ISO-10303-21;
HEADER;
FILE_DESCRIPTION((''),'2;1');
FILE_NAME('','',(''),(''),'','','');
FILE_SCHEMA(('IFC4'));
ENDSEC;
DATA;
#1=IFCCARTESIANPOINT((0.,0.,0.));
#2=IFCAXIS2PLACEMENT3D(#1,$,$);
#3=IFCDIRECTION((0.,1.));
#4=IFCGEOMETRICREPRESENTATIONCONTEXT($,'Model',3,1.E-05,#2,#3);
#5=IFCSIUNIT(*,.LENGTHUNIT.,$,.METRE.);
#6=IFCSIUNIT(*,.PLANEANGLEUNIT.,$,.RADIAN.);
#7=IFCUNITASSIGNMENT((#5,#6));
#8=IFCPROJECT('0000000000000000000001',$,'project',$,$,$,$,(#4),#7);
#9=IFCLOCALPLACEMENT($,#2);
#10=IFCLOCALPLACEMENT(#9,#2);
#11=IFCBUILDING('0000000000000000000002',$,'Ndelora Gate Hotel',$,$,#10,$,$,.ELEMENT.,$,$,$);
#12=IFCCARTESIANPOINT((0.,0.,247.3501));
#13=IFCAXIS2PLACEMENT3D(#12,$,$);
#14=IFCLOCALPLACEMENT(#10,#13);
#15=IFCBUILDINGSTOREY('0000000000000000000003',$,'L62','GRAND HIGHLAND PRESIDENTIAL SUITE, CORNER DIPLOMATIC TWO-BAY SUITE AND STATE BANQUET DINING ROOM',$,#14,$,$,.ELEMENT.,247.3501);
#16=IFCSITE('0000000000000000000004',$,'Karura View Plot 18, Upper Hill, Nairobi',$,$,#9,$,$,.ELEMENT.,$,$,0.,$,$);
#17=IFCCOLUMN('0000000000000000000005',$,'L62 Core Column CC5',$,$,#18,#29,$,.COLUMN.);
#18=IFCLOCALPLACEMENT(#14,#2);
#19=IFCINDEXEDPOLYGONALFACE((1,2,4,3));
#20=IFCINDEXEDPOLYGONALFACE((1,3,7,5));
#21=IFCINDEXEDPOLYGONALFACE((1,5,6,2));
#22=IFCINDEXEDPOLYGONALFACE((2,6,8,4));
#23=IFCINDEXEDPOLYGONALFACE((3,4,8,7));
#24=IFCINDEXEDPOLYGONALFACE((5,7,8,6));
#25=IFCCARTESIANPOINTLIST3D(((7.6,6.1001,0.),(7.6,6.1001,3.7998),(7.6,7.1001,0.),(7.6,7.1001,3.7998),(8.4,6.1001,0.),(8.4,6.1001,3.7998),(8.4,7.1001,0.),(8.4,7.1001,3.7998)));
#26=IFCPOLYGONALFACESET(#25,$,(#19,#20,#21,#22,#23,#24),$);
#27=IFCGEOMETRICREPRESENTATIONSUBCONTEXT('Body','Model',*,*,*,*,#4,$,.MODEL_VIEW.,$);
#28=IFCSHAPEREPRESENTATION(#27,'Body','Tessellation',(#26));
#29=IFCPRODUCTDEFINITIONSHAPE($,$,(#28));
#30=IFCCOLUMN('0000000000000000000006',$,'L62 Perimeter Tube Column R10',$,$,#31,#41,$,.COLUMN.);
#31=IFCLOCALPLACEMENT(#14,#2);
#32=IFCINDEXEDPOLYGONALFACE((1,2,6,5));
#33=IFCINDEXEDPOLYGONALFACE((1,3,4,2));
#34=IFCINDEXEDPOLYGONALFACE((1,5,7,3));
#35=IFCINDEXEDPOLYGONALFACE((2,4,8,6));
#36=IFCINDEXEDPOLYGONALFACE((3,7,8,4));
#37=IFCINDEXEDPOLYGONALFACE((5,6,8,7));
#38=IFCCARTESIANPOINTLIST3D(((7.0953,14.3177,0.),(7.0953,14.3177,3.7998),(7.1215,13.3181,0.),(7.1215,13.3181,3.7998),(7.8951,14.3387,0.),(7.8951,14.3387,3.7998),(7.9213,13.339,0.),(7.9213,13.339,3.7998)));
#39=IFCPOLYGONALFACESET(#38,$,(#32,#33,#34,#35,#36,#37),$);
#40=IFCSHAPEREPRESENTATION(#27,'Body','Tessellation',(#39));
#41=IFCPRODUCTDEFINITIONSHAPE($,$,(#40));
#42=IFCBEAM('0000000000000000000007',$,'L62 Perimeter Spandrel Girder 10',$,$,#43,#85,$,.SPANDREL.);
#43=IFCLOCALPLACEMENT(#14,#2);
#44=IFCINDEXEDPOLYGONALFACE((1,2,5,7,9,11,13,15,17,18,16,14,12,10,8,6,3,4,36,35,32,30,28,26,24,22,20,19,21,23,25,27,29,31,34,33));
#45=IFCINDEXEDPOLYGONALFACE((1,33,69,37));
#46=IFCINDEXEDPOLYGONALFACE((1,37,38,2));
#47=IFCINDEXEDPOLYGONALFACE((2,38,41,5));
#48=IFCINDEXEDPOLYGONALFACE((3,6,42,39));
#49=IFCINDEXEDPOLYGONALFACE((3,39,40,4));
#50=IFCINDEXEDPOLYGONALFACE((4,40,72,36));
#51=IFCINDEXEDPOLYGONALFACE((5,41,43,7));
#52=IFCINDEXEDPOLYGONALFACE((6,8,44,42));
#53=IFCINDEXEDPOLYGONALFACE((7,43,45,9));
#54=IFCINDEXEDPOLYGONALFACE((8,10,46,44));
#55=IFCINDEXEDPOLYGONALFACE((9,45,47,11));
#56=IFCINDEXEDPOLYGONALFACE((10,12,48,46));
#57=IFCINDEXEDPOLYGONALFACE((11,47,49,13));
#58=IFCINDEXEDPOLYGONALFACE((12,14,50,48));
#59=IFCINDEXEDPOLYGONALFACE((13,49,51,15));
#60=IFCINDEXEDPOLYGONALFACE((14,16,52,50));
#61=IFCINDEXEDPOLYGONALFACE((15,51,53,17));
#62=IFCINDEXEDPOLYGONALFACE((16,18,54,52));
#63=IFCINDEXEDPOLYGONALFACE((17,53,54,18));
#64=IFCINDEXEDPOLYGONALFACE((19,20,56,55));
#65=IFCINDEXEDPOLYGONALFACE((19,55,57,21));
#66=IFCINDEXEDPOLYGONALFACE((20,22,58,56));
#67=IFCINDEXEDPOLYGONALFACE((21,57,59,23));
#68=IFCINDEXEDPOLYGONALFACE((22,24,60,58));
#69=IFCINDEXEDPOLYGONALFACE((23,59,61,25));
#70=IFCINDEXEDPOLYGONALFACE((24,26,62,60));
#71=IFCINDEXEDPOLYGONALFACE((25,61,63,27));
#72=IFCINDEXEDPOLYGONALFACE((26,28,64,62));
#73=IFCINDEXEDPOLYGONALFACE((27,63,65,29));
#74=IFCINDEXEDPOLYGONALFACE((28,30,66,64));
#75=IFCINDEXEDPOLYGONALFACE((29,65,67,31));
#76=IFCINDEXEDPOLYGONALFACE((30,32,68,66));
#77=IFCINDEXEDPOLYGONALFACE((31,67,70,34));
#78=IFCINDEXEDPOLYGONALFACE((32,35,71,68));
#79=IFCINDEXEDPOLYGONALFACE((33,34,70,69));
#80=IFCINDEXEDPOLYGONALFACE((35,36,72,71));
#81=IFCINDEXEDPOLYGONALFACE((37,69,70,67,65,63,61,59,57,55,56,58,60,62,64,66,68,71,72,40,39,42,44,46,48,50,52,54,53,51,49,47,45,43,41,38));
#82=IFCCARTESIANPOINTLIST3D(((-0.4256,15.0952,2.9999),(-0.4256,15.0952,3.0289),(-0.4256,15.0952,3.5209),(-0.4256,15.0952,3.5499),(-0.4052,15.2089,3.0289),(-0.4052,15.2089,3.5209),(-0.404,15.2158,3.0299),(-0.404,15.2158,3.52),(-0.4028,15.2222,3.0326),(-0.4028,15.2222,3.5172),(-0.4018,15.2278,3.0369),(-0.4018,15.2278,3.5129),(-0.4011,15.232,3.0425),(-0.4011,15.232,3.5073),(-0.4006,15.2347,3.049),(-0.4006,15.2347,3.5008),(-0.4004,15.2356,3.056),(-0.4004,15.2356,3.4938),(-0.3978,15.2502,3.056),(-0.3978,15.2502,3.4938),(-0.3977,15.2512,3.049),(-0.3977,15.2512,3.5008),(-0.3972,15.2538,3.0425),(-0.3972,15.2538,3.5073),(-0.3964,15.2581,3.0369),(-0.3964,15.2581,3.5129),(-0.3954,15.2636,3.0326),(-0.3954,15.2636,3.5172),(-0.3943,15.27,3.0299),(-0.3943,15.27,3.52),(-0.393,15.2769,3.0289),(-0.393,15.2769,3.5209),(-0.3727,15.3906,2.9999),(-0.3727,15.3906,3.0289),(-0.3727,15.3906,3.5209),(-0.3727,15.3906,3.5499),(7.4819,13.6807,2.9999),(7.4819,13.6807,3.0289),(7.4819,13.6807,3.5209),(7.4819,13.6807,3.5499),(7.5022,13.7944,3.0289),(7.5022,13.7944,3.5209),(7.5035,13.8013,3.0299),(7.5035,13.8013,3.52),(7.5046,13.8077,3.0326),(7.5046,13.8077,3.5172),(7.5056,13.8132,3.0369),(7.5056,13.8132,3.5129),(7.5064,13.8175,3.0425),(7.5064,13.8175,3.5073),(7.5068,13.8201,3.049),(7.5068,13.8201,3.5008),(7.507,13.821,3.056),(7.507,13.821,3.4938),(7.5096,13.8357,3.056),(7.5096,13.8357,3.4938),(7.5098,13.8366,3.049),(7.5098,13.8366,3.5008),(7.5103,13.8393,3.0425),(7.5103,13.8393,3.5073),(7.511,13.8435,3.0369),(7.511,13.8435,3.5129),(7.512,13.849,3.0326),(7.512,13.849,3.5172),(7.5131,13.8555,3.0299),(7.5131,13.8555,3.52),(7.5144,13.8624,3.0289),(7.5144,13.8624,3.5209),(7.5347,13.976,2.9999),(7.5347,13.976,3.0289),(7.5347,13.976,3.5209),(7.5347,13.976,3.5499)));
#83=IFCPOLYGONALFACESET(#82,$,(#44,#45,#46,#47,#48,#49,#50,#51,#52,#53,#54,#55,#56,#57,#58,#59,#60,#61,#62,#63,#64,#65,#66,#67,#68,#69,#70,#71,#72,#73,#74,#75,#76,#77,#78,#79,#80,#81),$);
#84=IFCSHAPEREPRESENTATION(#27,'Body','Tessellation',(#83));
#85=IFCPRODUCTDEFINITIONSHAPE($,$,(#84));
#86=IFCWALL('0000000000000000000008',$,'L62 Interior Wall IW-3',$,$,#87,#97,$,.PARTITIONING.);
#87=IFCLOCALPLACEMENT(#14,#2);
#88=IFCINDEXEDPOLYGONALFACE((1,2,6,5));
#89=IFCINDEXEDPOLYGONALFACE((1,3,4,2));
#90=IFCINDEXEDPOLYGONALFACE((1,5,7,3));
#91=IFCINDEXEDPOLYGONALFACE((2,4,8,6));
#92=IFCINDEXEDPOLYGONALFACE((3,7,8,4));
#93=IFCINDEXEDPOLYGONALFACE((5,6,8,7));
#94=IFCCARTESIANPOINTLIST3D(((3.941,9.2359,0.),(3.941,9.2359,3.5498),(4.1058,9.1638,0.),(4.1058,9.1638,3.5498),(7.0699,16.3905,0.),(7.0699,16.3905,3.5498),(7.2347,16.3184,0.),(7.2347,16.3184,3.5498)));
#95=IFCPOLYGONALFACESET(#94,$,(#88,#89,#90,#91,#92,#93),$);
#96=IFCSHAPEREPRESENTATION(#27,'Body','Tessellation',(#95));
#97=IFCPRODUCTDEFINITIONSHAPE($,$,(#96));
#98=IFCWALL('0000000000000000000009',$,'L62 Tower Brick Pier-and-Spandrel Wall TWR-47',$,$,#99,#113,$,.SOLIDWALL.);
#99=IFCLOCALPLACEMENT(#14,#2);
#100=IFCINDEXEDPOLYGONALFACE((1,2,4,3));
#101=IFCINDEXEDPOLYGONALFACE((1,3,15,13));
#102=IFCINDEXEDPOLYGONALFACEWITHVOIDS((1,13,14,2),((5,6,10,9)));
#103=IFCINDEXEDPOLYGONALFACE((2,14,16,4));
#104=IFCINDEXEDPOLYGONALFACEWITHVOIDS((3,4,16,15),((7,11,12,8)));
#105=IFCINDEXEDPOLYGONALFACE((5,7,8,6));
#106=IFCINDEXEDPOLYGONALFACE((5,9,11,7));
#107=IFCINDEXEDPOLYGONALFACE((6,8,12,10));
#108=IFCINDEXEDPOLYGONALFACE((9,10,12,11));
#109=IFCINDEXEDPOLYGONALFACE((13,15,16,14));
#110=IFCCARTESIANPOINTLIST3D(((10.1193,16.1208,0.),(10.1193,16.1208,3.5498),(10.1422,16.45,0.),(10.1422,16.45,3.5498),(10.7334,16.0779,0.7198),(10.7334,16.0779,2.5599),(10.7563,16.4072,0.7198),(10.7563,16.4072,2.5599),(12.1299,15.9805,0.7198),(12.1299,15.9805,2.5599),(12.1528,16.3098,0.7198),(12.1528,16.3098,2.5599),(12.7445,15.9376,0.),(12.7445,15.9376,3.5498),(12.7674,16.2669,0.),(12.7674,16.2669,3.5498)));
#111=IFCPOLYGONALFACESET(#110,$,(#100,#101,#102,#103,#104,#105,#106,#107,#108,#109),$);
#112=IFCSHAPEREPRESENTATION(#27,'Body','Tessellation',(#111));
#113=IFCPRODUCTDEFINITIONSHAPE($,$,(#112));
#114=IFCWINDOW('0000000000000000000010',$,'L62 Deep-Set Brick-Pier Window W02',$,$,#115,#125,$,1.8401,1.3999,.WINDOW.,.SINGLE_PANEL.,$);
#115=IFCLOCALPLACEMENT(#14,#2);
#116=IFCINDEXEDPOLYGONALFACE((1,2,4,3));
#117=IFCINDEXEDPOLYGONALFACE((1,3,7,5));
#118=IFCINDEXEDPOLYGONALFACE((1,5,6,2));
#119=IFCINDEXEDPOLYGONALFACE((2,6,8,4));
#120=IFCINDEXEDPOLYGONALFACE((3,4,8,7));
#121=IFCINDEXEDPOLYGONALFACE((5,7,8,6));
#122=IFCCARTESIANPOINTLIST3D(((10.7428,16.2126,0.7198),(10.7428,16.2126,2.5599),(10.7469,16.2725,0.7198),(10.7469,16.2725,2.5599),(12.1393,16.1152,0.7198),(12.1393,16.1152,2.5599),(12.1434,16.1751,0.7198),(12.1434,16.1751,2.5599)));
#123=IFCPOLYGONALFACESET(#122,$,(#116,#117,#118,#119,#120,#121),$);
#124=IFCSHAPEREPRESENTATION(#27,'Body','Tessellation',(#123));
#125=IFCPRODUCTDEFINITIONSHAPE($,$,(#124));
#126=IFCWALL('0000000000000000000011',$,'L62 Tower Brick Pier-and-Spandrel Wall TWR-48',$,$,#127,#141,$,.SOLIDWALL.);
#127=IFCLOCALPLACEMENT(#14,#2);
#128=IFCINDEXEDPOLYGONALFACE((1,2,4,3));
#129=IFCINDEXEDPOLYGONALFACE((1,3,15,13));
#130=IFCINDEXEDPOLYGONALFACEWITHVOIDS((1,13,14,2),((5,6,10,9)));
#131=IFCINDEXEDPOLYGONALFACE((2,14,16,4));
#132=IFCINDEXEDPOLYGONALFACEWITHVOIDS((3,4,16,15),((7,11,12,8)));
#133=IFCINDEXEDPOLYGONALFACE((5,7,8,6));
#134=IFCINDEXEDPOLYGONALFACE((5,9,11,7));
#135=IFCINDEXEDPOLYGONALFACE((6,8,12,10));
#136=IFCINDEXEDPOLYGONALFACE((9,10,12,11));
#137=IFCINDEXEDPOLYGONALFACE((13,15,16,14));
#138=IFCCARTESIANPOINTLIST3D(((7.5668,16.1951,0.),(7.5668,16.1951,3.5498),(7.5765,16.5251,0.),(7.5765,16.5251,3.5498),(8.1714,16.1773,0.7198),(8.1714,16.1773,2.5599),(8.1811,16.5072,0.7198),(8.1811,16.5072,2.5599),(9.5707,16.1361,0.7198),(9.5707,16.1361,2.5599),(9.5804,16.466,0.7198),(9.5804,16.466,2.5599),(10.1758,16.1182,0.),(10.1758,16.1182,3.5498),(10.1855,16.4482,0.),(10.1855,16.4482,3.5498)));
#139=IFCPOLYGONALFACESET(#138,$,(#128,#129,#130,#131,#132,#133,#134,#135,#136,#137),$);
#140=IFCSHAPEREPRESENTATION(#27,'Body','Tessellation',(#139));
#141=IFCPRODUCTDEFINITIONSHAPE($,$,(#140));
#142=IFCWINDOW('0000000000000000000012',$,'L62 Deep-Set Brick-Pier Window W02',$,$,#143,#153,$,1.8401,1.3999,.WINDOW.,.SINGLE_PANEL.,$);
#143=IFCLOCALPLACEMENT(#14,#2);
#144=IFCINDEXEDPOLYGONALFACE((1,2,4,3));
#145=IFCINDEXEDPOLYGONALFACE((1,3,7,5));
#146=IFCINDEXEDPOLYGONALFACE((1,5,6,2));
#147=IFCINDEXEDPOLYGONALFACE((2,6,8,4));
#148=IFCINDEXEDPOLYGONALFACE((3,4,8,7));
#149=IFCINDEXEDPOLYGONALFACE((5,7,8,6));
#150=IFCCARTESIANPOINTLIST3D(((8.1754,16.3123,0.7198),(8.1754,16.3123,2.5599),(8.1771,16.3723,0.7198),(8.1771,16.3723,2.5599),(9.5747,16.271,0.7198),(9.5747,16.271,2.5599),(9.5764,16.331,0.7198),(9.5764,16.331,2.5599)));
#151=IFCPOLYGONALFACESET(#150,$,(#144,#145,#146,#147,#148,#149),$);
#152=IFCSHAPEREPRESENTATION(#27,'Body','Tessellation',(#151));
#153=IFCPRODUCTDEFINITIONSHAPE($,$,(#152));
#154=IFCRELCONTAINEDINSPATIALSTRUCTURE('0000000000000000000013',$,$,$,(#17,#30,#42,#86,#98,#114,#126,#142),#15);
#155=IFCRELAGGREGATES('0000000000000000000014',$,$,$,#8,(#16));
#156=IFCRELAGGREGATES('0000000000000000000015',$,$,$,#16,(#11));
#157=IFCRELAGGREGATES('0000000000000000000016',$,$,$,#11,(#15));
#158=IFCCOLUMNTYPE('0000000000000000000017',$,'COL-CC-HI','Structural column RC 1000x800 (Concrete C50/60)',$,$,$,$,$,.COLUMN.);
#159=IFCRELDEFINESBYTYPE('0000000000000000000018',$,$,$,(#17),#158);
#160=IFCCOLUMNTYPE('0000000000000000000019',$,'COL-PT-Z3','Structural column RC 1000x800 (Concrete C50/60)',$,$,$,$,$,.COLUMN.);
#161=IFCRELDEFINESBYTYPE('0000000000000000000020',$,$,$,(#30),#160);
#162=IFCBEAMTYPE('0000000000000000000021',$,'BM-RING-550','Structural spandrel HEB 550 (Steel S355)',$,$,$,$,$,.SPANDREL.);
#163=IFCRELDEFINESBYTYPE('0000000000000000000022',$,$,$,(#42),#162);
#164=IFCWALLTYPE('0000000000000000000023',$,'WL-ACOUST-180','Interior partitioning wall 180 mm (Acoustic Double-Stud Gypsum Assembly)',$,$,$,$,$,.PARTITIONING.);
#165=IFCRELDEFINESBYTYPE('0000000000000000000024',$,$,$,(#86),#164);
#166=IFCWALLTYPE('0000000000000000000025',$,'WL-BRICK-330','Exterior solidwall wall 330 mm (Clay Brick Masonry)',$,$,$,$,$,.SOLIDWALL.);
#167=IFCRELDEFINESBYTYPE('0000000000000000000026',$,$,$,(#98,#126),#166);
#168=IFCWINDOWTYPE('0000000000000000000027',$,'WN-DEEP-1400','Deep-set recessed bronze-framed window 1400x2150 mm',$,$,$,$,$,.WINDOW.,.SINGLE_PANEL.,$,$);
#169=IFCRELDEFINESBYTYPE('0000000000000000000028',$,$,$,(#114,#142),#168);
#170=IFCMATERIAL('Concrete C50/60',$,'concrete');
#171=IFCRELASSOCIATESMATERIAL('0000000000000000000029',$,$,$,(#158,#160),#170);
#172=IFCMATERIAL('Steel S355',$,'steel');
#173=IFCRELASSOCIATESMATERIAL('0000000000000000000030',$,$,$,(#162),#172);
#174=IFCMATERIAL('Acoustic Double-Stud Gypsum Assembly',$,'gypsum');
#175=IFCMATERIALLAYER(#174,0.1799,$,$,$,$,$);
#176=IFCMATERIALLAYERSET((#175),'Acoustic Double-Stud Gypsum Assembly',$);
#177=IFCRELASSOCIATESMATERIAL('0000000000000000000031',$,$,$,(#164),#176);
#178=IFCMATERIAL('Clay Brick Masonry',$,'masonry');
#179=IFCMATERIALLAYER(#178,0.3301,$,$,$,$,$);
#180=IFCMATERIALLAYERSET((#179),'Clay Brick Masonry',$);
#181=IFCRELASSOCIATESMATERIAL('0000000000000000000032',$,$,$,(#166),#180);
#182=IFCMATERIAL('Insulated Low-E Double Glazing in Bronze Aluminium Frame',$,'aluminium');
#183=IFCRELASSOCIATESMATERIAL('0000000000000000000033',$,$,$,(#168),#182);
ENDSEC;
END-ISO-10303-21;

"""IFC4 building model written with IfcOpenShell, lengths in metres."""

from ifc_helpers import new_model, si_unit, direction, frame, frame_2d, origin, origin_2d, place, context, subcontext, project, spatial, rectangle, i_section, extrude, material, layer, layer_set, material_profile, profile_set, type_object, element, fill, save


model = new_model("IFC4")

# Units and contexts
model_context = context("Model", 3, precision=1e-05, world=origin(), true_north=direction((0.0, 1.0)))
body_context = subcontext(model_context, "Body", "Model", "MODEL_VIEW")
ifc_project = project(units=[si_unit("LENGTHUNIT", "METRE"), si_unit("PLANEANGLEUNIT", "RADIAN")], contexts=[model_context])

# Site, building, storey
site_placement = place(None, origin())
site = spatial("IfcSite", under=ifc_project, at=site_placement, Name="Karura View Plot 18, Upper Hill, Nairobi", CompositionType="ELEMENT", RefElevation=0.0)
building_placement = place(site_placement, origin())
building = spatial("IfcBuilding", under=site, at=building_placement, Name="Ndelora Gate Hotel", CompositionType="ELEMENT")
storey_placement = place(building_placement, frame((0.0, 0.0, 247.3501)))
storey = spatial("IfcBuildingStorey", under=building, at=storey_placement, Name="L62", Description="GRAND HIGHLAND PRESIDENTIAL SUITE, CORNER DIPLOMATIC TWO-BAY SUITE AND STATE BANQUET DINING ROOM", CompositionType="ELEMENT", Elevation=247.3501)

# Columns
ifc_material_1 = material(Name="Concrete C50/60", Category="concrete")
ifc_material_profile_1 = material_profile(ifc_material_1, rectangle(XDim=0.8, YDim=1.0, at=origin_2d()), Name="RC 1000x800")
ifc_profile_set_1 = profile_set([ifc_material_profile_1], Name="Concrete C50/60")
column_type_1 = type_object("IfcColumnType", Name="COL-CC-HI", Description="Structural column RC 1000x800 (Concrete C50/60)", PredefinedType="COLUMN", material=ifc_profile_set_1)
column_1_placement = place(storey_placement, frame((8.0, 6.6001, 0.0), z_axis=(0.0, 0.0, 1.0), x_axis=(1.0, 0.0, 0.0)))
element("IfcColumn", 1, at=column_1_placement, inside=storey, type_object=column_type_1, Name="L62 Core Column CC5", PredefinedType="COLUMN", context=body_context, shape_type="SweptSolid", body=[
    extrude(rectangle(XDim=0.8, YDim=1.0, at=origin_2d()), origin(), (0.0, 0.0, 1.0), 3.7998),
])
ifc_material_profile_2 = material_profile(ifc_material_1, rectangle(XDim=0.8, YDim=1.0, at=origin_2d()), Name="RC 1000x800")
ifc_profile_set_2 = profile_set([ifc_material_profile_2], Name="Concrete C50/60")
column_type_2 = type_object("IfcColumnType", Name="COL-PT-Z3", Description="Structural column RC 1000x800 (Concrete C50/60)", PredefinedType="COLUMN", material=ifc_profile_set_2)
column_2_placement = place(storey_placement, frame((7.5083, 13.8284, 0.0), z_axis=(0.0, 0.0, 1.0), x_axis=(0.999657, 0.026177, 0.0)))
element("IfcColumn", 2, at=column_2_placement, inside=storey, type_object=column_type_2, Name="L62 Perimeter Tube Column R10", PredefinedType="COLUMN", context=body_context, shape_type="SweptSolid", body=[
    extrude(rectangle(XDim=0.8, YDim=1.0, at=origin_2d()), origin(), (0.0, 0.0, 1.0), 3.7998),
])

# Beam
ifc_material_2 = material(Name="Steel S355", Category="steel")
ifc_material_profile_3 = material_profile(ifc_material_2, i_section(OverallWidth=0.3, OverallDepth=0.55, WebThickness=0.0149, FlangeThickness=0.0291, FilletRadius=0.0271, at=origin_2d()), Name="HEB 550")
ifc_profile_set_3 = profile_set([ifc_material_profile_3], Name="Steel S355")
beam_type = type_object("IfcBeamType", Name="BM-RING-550", Description="Structural spandrel HEB 550 (Steel S355)", PredefinedType="SPANDREL", material=ifc_profile_set_3)
beam_placement = place(storey_placement, frame((7.5083, 13.8284, 3.2749), z_axis=(-0.984374, 0.176093, 0.0), x_axis=(-0.176093, -0.984374, 0.0)))
element("IfcBeam", 3, at=beam_placement, inside=storey, type_object=beam_type, Name="L62 Perimeter Spandrel Girder 10", PredefinedType="SPANDREL", context=body_context, shape_type="SweptSolid", body=[
    extrude(i_section(OverallWidth=0.3, OverallDepth=0.55, WebThickness=0.0149, FlangeThickness=0.0291, FilletRadius=0.0271, at=origin_2d()), origin(), (0.0, 0.0, 1.0), 8.033),
])

# Wall
ifc_material_3 = material(Name="Acoustic Double-Stud Gypsum Assembly", Category="gypsum")
ifc_layer_1 = layer(ifc_material_3, 0.1799)
ifc_layer_set_1 = layer_set([ifc_layer_1], Name="Acoustic Double-Stud Gypsum Assembly")
wall_type_1 = type_object("IfcWallType", Name="WL-ACOUST-180", Description="Interior partitioning wall 180 mm (Acoustic Double-Stud Gypsum Assembly)", PredefinedType="PARTITIONING", material=ifc_layer_set_1)
wall_1_placement = place(storey_placement, frame((4.0234, 9.2, 0.0), z_axis=(0.0, 0.0, 1.0), x_axis=(0.400689, 0.916214, 0.0)))
element("IfcWall", 4, at=wall_1_placement, inside=storey, type_object=wall_type_1, Name="L62 Interior Wall IW-3", PredefinedType="PARTITIONING", context=body_context, shape_type="SweptSolid", body=[
    extrude(rectangle(XDim=7.8088, YDim=0.1799, at=frame_2d((3.9043, 0.0))), origin(), (0.0, 0.0, 1.0), 3.5498),
])

# Walls, openings, windows
ifc_material_4 = material(Name="Clay Brick Masonry", Category="masonry")
ifc_layer_2 = layer(ifc_material_4, 0.3301)
ifc_layer_set_2 = layer_set([ifc_layer_2], Name="Clay Brick Masonry")
wall_type_2 = type_object("IfcWallType", Name="WL-BRICK-330", Description="Exterior solidwall wall 330 mm (Clay Brick Masonry)", PredefinedType="SOLIDWALL", material=ifc_layer_set_2)
wall_2_placement = place(storey_placement, frame((10.1306, 16.2854, 0.0), z_axis=(0.0, 0.0, 1.0), x_axis=(0.997576, -0.069579, 0.0)))
wall_2 = element("IfcWall", 5, at=wall_2_placement, inside=storey, type_object=wall_type_2, Name="L62 Tower Brick Pier-and-Spandrel Wall TWR-47", PredefinedType="SOLIDWALL", context=body_context, shape_type="SweptSolid", body=[
    extrude(rectangle(XDim=2.6316, YDim=0.3301, at=frame_2d((1.3159, 0.0))), origin(), (0.0, 0.0, 1.0), 3.5498),
])
opening_1_placement = place(wall_2_placement, frame((0.6157, 0.0, 0.72)))
opening_1 = element("IfcOpeningElement", 6, at=opening_1_placement, cuts=wall_2, PredefinedType="OPENING", context=body_context, shape_type="SweptSolid", body=[
    extrude(rectangle(XDim=1.3999, YDim=1.8401, at=frame_2d((0.7, 0.9199))), frame((0.0, 0.175, 0.0), z_axis=(0.0, -1.0, 0.0), x_axis=(1.0, 0.0, 0.0)), (0.0, 0.0, 1.0), 0.3501),
])
ifc_material_5 = material(Name="Insulated Low-E Double Glazing in Bronze Aluminium Frame", Category="aluminium")
window_type = type_object("IfcWindowType", Name="WN-DEEP-1400", Description="Deep-set recessed bronze-framed window 1400x2150 mm", PartitioningType="SINGLE_PANEL", PredefinedType="WINDOW", material=ifc_material_5)
window_1_placement = place(opening_1_placement, origin())
window_1 = element("IfcWindow", 7, at=window_1_placement, inside=storey, type_object=window_type, Name="L62 Deep-Set Brick-Pier Window W02", OverallHeight=1.8401, OverallWidth=1.3999, PartitioningType="SINGLE_PANEL", PredefinedType="WINDOW", context=body_context, shape_type="SweptSolid", body=[
    extrude(rectangle(XDim=1.3999, YDim=1.8401, at=frame_2d((0.7, 0.9199))), frame((0.0, 0.03, 0.0), z_axis=(0.0, -1.0, 0.0), x_axis=(1.0, 0.0, 0.0)), (0.0, 0.0, 1.0), 0.0601),
])
fill(opening_1, window_1)
wall_3_placement = place(storey_placement, frame((7.5715, 16.3601, 0.0), z_axis=(0.0, 0.0, 1.0), x_axis=(0.999566, -0.029465, 0.0)))
wall_3 = element("IfcWall", 8, at=wall_3_placement, inside=storey, type_object=wall_type_2, Name="L62 Tower Brick Pier-and-Spandrel Wall TWR-48", PredefinedType="SOLIDWALL", context=body_context, shape_type="SweptSolid", body=[
    extrude(rectangle(XDim=2.6101, YDim=0.3301, at=frame_2d((1.3052, 0.0))), origin(), (0.0, 0.0, 1.0), 3.5498),
])
opening_2_placement = place(wall_3_placement, frame((0.605, 0.0, 0.72)))
opening_2 = element("IfcOpeningElement", 9, at=opening_2_placement, cuts=wall_3, PredefinedType="OPENING", context=body_context, shape_type="SweptSolid", body=[
    extrude(rectangle(XDim=1.3999, YDim=1.8401, at=frame_2d((0.7, 0.9199))), frame((0.0, 0.175, 0.0), z_axis=(0.0, -1.0, 0.0), x_axis=(1.0, 0.0, 0.0)), (0.0, 0.0, 1.0), 0.3501),
])
window_2_placement = place(opening_2_placement, origin())
window_2 = element("IfcWindow", 10, at=window_2_placement, inside=storey, type_object=window_type, Name="L62 Deep-Set Brick-Pier Window W02", OverallHeight=1.8401, OverallWidth=1.3999, PartitioningType="SINGLE_PANEL", PredefinedType="WINDOW", context=body_context, shape_type="SweptSolid", body=[
    extrude(rectangle(XDim=1.3999, YDim=1.8401, at=frame_2d((0.7, 0.9199))), frame((0.0, 0.03, 0.0), z_axis=(0.0, -1.0, 0.0), x_axis=(1.0, 0.0, 0.0)), (0.0, 0.0, 1.0), 0.0601),
])
fill(opening_2, window_2)

save(model, "model.ifc")
